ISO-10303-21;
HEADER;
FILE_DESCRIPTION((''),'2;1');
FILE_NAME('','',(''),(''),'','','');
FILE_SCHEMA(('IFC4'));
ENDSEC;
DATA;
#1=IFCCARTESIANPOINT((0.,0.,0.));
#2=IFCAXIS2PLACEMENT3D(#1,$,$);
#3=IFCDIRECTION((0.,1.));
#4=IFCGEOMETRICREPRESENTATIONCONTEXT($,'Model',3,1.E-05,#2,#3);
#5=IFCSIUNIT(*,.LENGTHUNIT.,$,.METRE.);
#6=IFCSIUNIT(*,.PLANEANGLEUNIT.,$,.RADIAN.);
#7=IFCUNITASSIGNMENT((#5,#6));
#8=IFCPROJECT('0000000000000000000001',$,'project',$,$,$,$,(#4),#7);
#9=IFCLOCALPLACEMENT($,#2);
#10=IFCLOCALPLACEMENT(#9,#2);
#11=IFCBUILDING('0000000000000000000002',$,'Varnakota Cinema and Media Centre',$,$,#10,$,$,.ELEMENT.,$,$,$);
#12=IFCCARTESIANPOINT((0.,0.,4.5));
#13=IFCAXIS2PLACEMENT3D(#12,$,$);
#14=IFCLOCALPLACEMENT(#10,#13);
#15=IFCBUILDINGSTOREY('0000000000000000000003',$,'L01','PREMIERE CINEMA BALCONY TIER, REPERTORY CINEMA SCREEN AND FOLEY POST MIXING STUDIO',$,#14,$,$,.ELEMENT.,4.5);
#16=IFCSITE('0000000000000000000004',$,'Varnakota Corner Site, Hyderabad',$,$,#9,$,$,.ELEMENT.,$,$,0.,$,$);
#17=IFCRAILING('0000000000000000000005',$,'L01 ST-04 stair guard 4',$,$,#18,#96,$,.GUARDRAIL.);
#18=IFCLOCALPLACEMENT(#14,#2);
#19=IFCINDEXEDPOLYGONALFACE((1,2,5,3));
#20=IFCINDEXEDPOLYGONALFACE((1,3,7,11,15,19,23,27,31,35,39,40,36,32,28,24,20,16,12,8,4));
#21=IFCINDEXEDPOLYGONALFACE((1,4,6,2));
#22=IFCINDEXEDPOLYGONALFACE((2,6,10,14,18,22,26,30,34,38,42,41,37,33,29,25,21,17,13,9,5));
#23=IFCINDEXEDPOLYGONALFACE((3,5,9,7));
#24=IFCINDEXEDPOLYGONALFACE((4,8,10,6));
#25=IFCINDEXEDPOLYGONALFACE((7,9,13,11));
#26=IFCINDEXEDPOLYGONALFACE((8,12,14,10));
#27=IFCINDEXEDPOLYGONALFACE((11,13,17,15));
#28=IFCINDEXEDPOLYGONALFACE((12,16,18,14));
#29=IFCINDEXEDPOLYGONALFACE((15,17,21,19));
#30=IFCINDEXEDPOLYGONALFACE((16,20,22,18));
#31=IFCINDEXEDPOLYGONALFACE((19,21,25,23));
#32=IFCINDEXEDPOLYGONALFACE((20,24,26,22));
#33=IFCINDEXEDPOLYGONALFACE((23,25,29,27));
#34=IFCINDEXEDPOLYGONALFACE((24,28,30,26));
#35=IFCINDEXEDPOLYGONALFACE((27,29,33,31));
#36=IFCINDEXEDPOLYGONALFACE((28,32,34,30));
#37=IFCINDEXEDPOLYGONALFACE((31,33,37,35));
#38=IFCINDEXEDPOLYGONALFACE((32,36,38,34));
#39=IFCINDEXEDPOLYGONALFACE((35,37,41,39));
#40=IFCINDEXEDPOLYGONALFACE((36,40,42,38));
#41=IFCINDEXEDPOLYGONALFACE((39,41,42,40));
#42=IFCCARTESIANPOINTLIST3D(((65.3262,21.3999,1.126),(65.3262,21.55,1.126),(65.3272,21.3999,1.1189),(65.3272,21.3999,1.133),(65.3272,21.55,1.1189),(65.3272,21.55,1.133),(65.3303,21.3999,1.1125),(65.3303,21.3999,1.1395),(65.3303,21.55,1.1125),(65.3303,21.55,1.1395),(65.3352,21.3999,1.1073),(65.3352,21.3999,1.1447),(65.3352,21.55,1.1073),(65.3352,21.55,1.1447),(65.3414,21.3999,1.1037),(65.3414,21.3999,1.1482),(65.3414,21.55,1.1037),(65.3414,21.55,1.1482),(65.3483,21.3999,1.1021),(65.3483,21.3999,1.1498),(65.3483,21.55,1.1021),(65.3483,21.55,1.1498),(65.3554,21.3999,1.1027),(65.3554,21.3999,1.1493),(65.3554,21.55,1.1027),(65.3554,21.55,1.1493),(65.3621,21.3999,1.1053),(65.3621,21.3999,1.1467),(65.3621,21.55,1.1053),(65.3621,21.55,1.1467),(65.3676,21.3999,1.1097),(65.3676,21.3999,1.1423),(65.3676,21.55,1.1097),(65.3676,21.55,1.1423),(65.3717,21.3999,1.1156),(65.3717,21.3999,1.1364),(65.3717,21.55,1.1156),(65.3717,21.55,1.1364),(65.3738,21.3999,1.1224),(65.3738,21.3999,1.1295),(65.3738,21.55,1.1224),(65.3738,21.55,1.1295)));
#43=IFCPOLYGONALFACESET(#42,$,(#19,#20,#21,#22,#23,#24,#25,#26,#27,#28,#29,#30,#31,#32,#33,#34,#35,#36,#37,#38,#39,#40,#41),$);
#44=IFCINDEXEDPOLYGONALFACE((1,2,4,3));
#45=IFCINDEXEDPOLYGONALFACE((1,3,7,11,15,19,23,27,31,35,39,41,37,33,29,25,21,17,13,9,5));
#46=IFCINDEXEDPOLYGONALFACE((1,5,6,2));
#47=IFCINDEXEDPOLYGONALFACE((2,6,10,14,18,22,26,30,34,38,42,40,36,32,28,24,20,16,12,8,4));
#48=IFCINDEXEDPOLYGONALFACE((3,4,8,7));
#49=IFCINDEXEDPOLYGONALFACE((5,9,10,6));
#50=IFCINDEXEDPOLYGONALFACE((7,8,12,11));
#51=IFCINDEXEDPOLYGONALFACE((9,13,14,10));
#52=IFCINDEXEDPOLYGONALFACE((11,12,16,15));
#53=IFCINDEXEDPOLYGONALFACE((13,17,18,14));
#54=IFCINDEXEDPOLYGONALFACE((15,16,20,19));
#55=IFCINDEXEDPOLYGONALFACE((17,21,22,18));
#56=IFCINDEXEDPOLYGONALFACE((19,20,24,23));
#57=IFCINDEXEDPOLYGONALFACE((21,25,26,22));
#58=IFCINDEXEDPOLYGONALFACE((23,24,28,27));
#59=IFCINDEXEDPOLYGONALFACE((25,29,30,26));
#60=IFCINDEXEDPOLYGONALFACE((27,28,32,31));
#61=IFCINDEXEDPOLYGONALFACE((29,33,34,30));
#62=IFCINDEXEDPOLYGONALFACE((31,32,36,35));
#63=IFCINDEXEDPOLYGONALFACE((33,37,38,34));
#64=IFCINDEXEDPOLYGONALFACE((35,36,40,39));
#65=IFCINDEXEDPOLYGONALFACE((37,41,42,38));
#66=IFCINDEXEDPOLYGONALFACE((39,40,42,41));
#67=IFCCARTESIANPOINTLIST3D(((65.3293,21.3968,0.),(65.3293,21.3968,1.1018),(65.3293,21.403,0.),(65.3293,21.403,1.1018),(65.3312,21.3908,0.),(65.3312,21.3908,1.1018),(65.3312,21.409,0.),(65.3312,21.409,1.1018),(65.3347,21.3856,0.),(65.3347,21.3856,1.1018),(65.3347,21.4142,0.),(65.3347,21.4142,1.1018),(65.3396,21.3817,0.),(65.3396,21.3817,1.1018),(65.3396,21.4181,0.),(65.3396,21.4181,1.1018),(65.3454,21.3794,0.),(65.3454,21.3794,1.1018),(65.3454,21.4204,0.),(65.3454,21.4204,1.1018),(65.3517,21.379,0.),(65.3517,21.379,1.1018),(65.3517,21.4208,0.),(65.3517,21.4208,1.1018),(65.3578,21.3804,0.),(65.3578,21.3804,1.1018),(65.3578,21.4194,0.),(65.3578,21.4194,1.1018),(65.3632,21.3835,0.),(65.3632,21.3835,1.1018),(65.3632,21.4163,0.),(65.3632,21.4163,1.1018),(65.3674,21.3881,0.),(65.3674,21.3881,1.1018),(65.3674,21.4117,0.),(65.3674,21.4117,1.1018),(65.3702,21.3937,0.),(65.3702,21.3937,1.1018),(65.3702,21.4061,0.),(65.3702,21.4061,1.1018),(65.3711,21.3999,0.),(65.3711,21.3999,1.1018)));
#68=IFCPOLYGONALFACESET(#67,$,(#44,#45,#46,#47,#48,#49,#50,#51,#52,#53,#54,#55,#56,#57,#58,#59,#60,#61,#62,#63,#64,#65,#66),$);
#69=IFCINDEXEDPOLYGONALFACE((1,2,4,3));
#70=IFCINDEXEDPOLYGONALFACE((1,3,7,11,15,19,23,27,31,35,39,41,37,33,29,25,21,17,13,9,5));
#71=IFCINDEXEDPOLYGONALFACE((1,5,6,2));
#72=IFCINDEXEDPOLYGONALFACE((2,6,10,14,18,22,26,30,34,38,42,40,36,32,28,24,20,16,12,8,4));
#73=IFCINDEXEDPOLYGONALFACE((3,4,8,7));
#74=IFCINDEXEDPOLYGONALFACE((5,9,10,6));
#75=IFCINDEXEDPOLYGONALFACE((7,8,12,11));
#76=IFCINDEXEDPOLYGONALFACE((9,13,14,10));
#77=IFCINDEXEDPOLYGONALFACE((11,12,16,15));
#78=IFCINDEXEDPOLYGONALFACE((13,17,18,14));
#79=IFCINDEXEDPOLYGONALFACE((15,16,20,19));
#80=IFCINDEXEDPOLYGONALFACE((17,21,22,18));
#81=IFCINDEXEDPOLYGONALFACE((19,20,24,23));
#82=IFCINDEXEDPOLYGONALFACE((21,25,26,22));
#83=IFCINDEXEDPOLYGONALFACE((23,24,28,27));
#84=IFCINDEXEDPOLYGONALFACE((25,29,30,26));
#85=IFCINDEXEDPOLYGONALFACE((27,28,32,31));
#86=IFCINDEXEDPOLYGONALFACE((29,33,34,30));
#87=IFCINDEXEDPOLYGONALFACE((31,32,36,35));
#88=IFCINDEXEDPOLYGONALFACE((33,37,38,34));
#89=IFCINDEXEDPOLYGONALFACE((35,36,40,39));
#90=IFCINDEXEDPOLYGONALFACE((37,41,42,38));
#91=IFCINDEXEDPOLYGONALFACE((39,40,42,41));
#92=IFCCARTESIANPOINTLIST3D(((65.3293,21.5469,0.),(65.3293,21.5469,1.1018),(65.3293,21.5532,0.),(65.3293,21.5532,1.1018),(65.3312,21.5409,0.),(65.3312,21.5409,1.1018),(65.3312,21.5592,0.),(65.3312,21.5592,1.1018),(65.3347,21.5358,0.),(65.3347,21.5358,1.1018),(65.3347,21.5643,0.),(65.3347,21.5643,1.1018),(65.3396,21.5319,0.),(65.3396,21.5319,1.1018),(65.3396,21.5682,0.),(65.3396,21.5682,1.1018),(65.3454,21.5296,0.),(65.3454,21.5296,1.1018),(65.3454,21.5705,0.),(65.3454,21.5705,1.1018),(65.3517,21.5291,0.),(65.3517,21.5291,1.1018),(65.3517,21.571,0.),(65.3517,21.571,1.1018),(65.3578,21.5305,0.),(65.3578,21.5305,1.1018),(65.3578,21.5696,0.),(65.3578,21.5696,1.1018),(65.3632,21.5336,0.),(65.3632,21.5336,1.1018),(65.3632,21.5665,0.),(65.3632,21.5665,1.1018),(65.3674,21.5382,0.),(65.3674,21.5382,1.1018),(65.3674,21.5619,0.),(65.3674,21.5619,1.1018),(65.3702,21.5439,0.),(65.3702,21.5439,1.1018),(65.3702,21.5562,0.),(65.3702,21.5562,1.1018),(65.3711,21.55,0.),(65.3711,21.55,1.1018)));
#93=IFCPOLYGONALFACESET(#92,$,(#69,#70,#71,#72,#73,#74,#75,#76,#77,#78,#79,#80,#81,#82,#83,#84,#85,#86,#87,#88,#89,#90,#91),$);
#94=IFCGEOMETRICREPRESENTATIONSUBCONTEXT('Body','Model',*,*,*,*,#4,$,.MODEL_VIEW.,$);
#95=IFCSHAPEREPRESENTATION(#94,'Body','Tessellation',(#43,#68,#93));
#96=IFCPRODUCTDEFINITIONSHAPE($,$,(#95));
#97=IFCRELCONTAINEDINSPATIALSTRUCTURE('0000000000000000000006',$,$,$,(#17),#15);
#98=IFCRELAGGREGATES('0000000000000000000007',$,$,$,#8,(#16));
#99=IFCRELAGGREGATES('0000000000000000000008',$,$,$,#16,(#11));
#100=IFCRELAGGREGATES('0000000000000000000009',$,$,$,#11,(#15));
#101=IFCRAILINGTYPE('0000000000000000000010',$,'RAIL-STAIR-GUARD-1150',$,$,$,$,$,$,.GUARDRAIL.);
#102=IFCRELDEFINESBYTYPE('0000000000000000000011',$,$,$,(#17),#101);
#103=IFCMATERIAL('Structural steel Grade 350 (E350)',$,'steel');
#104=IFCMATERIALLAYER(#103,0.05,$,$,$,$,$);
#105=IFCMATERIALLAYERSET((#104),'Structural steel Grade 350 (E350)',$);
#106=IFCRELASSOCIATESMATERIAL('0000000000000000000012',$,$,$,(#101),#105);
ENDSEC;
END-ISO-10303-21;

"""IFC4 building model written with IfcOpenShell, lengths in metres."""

from ifc_helpers import new_model, si_unit, direction, frame, origin, origin_2d, place, context, subcontext, project, spatial, circle, extrude, material, layer, layer_set, type_object, element, save


model = new_model("IFC4")

# Units and contexts
model_context = context("Model", 3, precision=1e-05, world=origin(), true_north=direction((0.0, 1.0)))
body_context = subcontext(model_context, "Body", "Model", "MODEL_VIEW")
ifc_project = project(units=[si_unit("LENGTHUNIT", "METRE"), si_unit("PLANEANGLEUNIT", "RADIAN")], contexts=[model_context])

# Site, building, storey
site_placement = place(None, origin())
site = spatial("IfcSite", under=ifc_project, at=site_placement, Name="Varnakota Corner Site, Hyderabad", CompositionType="ELEMENT", RefElevation=0.0)
building_placement = place(site_placement, origin())
building = spatial("IfcBuilding", under=site, at=building_placement, Name="Varnakota Cinema and Media Centre", CompositionType="ELEMENT")
storey_placement = place(building_placement, frame((0.0, 0.0, 4.5)))
storey = spatial("IfcBuildingStorey", under=building, at=storey_placement, Name="L01", Description="PREMIERE CINEMA BALCONY TIER, REPERTORY CINEMA SCREEN AND FOLEY POST MIXING STUDIO", CompositionType="ELEMENT", Elevation=4.5)

# Railing
ifc_material_1 = material(Name="Structural steel Grade 350 (E350)", Category="steel")
ifc_layer_1 = layer(ifc_material_1, 0.05)
ifc_layer_set_1 = layer_set([ifc_layer_1], Name="Structural steel Grade 350 (E350)")
railing_type_1 = type_object("IfcRailingType", Name="RAIL-STAIR-GUARD-1150", PredefinedType="GUARDRAIL", material=ifc_layer_set_1)
railing_1_placement = place(storey_placement, frame((65.3501, 21.3999, 0.0)))
element("IfcRailing", 1, at=railing_1_placement, inside=storey, type_object=railing_type_1, Name="L01 ST-04 stair guard 4", PredefinedType="GUARDRAIL", context=body_context, shape_type="SweptSolid", body=[
    extrude(circle(Radius=0.0239, at=origin_2d()), frame((0.0, 0.0, 1.126), z_axis=(0.0, 1.0, 0.0), x_axis=(-1.0, 0.0, 0.0)), (0.0, 0.0, 1.0), 0.1501),
    extrude(circle(Radius=0.021, at=origin_2d()), origin(), (0.0, 0.0, 1.0), 1.1018),
    extrude(circle(Radius=0.021, at=origin_2d()), frame((0.0, 0.1501, 0.0)), (0.0, 0.0, 1.0), 1.1018),
])

save(model, "model.ifc")
